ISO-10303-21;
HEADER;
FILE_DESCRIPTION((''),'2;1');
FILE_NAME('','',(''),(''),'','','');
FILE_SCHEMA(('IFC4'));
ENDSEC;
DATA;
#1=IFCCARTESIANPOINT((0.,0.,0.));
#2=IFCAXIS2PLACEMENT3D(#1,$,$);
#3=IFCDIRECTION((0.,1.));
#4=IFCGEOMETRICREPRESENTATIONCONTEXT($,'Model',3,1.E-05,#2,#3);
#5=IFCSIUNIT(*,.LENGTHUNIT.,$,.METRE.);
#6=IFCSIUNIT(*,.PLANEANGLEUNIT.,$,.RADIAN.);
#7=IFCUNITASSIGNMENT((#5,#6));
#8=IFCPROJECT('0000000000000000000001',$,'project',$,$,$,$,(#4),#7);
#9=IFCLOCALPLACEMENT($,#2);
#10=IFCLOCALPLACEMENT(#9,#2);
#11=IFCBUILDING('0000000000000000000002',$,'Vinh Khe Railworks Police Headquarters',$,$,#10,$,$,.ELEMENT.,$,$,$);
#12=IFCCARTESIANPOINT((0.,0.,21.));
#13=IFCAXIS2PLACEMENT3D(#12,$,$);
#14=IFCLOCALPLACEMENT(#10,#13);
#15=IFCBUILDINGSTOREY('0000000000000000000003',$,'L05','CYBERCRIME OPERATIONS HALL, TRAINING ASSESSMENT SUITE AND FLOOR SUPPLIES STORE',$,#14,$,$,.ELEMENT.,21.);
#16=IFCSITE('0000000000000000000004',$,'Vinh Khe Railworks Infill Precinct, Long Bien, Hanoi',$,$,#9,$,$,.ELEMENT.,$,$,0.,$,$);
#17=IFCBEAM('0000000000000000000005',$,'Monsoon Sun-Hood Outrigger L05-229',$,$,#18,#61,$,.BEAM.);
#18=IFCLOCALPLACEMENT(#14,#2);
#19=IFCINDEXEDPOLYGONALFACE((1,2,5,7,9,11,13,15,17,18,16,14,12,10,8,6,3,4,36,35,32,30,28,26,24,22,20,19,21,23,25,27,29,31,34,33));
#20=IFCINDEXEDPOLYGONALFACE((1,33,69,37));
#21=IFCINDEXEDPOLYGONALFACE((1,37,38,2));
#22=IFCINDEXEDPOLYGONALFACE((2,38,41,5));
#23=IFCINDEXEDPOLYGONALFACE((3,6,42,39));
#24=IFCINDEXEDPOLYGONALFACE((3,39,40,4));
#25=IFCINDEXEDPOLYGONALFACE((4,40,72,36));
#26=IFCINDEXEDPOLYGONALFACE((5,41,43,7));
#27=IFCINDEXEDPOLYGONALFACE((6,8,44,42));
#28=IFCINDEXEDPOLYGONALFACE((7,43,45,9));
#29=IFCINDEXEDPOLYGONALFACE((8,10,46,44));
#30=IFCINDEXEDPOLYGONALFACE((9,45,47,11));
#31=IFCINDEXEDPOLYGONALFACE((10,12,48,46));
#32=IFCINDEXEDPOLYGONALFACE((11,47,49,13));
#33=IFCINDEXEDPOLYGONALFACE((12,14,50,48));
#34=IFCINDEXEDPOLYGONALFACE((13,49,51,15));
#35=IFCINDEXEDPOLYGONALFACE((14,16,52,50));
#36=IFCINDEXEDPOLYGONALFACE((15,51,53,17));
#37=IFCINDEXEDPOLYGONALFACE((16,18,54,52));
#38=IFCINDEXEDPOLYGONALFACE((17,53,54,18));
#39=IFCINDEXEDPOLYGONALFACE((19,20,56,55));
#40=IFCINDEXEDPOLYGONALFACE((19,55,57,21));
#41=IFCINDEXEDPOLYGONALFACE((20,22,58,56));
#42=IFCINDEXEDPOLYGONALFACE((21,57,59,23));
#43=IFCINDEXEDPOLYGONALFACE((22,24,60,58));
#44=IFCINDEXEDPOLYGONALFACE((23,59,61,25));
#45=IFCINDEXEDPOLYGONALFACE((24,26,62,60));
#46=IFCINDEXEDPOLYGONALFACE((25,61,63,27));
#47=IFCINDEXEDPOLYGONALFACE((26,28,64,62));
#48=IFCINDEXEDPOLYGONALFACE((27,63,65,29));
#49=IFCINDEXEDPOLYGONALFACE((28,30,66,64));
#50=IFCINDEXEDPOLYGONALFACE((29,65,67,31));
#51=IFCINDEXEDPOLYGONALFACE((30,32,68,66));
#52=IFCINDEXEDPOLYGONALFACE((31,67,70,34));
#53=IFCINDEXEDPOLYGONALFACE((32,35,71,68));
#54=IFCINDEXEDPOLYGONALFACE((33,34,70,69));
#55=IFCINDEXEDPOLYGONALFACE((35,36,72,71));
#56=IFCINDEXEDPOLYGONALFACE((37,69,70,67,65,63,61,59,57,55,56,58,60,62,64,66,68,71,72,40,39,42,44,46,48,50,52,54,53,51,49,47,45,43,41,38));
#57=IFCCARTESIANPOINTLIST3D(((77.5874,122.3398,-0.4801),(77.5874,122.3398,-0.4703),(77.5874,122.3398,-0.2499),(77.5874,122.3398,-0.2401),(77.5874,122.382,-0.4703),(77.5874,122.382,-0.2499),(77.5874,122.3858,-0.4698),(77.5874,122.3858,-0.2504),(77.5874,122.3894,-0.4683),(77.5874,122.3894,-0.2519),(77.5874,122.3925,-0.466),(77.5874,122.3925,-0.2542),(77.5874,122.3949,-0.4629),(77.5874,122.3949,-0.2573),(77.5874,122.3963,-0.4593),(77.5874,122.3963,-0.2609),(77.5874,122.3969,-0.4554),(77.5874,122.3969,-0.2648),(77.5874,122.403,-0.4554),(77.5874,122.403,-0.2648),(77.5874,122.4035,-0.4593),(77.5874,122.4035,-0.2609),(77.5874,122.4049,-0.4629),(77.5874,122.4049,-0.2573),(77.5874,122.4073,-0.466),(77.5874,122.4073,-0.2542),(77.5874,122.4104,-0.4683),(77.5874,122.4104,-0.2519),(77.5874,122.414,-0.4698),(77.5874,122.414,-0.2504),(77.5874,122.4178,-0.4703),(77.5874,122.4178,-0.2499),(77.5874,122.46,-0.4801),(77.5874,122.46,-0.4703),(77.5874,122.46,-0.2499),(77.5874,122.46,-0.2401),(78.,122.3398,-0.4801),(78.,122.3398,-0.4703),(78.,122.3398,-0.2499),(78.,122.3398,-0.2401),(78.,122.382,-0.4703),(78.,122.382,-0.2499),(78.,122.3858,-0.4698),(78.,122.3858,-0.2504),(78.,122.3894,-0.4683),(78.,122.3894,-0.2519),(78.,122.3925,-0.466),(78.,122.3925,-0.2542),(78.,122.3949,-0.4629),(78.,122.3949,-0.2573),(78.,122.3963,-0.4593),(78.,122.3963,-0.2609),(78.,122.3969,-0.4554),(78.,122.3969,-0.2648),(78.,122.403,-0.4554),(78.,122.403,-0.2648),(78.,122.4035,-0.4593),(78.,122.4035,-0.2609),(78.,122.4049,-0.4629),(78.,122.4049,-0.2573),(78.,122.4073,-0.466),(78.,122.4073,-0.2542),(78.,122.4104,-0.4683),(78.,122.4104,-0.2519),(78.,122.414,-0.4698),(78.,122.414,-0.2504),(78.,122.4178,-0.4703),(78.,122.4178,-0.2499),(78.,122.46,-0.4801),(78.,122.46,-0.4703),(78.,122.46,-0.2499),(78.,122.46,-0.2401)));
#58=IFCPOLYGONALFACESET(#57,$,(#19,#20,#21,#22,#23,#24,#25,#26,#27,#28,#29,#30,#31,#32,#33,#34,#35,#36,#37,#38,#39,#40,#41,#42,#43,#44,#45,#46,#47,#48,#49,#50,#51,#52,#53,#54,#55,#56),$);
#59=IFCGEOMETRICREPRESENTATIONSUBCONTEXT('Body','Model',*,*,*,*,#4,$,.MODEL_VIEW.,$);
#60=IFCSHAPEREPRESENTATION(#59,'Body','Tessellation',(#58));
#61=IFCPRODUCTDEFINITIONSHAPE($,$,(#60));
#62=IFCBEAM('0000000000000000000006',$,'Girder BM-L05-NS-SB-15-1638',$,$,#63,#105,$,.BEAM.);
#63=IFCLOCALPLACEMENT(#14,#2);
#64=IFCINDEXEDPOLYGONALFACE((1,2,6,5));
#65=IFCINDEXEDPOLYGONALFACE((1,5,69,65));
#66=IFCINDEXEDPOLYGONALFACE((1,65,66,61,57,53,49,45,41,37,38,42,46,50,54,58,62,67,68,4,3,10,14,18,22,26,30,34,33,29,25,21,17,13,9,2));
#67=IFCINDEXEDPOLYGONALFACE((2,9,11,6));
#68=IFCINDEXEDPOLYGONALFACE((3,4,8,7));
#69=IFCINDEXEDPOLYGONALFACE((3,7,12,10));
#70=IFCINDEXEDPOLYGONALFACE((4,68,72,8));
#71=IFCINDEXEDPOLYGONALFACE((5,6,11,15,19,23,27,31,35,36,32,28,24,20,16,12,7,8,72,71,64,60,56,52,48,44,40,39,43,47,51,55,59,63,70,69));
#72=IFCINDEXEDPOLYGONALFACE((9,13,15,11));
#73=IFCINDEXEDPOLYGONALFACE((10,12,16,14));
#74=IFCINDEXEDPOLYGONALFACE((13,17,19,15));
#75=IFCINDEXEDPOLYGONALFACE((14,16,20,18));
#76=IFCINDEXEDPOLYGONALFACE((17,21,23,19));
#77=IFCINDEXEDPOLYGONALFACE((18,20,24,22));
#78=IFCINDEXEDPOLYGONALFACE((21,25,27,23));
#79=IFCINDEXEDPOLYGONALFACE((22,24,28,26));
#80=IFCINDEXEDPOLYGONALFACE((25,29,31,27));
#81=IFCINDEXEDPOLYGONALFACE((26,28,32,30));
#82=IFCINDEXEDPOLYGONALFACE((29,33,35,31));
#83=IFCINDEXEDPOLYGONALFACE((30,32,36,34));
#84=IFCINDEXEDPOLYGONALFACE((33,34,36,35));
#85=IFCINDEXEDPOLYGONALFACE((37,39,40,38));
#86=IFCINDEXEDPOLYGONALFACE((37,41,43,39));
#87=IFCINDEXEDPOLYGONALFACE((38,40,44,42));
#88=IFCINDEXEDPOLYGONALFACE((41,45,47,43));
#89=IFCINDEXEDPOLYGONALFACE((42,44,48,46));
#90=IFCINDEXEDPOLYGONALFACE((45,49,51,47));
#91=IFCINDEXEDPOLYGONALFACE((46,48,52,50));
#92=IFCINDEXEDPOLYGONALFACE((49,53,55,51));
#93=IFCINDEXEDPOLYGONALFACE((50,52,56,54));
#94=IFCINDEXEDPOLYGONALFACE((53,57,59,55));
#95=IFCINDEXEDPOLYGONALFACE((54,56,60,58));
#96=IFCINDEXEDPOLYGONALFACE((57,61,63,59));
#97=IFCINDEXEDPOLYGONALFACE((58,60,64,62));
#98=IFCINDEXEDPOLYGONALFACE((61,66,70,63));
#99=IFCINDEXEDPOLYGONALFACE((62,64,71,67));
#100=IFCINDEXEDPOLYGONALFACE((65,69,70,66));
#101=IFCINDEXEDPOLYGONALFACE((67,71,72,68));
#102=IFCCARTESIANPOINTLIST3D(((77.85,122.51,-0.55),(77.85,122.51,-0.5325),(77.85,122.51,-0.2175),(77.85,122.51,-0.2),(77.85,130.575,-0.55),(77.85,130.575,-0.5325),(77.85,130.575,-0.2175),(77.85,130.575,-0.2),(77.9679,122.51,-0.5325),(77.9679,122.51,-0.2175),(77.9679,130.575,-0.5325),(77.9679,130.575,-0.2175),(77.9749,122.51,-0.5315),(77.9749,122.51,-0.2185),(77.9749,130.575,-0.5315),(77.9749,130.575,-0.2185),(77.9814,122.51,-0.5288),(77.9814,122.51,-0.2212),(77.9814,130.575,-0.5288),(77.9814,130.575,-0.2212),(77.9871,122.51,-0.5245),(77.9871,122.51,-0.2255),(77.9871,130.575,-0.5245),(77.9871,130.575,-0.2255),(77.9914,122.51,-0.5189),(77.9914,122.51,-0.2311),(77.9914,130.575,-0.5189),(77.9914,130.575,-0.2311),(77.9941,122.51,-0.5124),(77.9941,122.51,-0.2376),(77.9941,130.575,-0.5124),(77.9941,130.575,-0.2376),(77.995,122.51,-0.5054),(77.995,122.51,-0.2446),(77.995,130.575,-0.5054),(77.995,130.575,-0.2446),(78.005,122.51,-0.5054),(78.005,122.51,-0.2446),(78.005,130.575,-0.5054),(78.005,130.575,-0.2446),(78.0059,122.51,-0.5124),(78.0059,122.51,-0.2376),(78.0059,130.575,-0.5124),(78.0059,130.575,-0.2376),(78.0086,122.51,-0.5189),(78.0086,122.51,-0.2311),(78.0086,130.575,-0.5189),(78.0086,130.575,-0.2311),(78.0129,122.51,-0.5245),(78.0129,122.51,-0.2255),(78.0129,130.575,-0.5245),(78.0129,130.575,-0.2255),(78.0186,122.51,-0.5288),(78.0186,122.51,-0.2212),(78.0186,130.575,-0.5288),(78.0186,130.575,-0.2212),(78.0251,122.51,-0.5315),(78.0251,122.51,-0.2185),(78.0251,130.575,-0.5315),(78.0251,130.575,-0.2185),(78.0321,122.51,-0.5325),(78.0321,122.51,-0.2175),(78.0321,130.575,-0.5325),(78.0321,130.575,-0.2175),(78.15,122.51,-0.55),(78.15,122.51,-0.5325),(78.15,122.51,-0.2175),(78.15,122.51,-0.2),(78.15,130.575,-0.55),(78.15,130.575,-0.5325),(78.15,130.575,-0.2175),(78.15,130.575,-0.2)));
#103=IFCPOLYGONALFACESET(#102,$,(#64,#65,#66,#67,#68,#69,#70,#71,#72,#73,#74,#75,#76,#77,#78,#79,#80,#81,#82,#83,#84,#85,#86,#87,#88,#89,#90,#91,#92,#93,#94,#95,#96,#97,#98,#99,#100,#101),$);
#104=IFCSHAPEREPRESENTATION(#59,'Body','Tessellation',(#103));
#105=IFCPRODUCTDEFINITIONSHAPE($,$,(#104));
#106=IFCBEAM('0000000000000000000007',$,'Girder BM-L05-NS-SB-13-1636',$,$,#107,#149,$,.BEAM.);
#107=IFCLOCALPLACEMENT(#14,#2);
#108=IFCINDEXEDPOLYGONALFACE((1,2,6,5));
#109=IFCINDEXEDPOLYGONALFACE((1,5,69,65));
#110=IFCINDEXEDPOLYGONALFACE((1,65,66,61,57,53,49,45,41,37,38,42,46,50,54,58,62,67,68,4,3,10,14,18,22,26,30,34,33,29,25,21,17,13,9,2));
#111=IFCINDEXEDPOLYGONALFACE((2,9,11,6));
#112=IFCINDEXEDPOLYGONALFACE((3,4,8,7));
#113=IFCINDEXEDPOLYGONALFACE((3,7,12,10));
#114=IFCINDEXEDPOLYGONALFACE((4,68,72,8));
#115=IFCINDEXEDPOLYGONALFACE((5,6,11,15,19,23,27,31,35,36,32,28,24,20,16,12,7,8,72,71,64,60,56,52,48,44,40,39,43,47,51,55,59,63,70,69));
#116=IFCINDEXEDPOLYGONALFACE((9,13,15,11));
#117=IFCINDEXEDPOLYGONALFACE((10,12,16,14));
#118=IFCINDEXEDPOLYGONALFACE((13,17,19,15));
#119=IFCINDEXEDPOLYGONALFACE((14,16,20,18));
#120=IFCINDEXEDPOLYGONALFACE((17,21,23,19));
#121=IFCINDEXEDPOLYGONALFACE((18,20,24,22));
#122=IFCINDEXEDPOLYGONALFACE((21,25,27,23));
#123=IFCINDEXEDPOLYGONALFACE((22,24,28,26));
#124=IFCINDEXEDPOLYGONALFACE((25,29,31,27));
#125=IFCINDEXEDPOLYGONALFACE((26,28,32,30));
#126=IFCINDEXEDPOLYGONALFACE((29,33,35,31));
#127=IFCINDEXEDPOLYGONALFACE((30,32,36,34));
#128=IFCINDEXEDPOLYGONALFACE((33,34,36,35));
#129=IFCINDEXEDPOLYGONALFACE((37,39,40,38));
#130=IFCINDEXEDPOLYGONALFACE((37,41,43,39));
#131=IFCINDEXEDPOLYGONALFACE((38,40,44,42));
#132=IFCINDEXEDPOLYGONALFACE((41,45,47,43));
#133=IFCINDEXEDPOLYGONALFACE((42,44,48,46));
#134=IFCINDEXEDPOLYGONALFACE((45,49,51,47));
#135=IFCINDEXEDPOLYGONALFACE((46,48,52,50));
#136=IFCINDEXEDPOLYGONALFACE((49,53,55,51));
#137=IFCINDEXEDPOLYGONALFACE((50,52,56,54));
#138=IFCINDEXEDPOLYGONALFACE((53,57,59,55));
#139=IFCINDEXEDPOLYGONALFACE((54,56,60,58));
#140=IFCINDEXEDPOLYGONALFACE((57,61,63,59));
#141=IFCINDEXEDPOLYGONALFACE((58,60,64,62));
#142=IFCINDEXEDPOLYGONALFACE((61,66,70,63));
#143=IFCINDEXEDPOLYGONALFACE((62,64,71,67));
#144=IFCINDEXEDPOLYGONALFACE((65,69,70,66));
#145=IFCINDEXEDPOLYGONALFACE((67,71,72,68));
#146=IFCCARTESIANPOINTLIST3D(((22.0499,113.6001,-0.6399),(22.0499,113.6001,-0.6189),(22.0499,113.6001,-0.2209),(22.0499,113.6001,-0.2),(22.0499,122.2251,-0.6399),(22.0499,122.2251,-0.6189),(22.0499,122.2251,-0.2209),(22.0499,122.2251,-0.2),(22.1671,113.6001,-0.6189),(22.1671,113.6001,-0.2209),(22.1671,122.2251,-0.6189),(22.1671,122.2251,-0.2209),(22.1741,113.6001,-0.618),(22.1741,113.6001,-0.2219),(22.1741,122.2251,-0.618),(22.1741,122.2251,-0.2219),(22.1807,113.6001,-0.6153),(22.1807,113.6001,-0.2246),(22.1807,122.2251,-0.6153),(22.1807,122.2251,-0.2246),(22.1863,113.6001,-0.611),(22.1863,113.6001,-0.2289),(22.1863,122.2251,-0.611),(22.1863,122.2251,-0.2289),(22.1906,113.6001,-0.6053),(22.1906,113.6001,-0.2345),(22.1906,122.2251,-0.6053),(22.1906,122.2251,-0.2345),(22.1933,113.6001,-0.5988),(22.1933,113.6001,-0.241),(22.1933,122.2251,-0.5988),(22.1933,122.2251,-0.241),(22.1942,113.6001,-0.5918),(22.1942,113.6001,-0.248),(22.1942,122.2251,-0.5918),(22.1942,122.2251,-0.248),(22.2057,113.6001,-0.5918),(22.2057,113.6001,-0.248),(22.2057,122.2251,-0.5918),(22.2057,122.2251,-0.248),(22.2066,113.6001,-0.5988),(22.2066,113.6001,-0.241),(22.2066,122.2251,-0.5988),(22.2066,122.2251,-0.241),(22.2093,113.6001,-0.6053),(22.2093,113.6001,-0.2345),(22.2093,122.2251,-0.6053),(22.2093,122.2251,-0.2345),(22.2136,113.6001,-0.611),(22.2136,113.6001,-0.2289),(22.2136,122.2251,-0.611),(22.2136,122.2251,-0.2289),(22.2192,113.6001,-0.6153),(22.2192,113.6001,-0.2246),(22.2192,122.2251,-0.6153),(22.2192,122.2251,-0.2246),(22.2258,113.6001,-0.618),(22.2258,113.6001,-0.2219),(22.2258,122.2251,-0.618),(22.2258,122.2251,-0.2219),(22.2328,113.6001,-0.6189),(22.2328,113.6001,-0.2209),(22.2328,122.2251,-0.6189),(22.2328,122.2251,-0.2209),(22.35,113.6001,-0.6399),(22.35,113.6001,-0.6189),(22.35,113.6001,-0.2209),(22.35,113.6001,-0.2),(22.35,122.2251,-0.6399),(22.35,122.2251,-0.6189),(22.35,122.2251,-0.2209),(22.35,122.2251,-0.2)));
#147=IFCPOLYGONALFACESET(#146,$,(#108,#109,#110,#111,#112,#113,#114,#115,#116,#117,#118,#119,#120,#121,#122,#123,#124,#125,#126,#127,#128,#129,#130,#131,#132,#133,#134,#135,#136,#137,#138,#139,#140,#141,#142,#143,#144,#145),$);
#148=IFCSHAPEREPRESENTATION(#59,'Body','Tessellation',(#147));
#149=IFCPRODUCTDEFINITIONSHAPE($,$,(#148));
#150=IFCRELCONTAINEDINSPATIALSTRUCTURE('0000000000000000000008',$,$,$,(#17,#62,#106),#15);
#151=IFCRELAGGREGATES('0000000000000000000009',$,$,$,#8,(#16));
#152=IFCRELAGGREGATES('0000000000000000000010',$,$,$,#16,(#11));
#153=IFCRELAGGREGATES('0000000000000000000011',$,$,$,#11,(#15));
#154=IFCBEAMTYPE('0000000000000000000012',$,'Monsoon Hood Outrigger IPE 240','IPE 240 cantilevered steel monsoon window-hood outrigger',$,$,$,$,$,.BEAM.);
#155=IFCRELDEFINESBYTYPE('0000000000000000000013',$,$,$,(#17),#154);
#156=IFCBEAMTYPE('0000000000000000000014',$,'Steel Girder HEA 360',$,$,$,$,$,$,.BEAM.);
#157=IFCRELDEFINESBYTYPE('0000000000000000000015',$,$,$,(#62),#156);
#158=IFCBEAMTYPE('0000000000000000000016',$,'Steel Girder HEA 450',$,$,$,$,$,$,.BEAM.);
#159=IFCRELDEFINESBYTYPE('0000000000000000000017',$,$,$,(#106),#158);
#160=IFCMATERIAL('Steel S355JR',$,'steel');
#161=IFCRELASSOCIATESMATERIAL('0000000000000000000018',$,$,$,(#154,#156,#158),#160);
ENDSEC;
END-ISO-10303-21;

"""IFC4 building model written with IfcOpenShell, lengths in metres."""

from ifc_helpers import new_model, si_unit, direction, frame, origin, origin_2d, place, context, subcontext, project, spatial, i_section, extrude, material, material_profile, profile_set, type_object, element, save


model = new_model("IFC4")

# Units and contexts
model_context = context("Model", 3, precision=1e-05, world=origin(), true_north=direction((0.0, 1.0)))
body_context = subcontext(model_context, "Body", "Model", "MODEL_VIEW")
ifc_project = project(units=[si_unit("LENGTHUNIT", "METRE"), si_unit("PLANEANGLEUNIT", "RADIAN")], contexts=[model_context])

# Site, building, storey
site_placement = place(None, origin())
site = spatial("IfcSite", under=ifc_project, at=site_placement, Name="Vinh Khe Railworks Infill Precinct, Long Bien, Hanoi", CompositionType="ELEMENT", RefElevation=0.0)
building_placement = place(site_placement, origin())
building = spatial("IfcBuilding", under=site, at=building_placement, Name="Vinh Khe Railworks Police Headquarters", CompositionType="ELEMENT")
storey_placement = place(building_placement, frame((0.0, 0.0, 21.0)))
storey = spatial("IfcBuildingStorey", under=building, at=storey_placement, Name="L05", Description="CYBERCRIME OPERATIONS HALL, TRAINING ASSESSMENT SUITE AND FLOOR SUPPLIES STORE", CompositionType="ELEMENT", Elevation=21.0)

# Shared definitions
ifc_material_1 = material(Name="Steel S355JR", Category="steel")

# Beams
ifc_material_profile_1 = material_profile(ifc_material_1, i_section(OverallWidth=0.1201, OverallDepth=0.24, WebThickness=0.0061, FlangeThickness=0.0098, FilletRadius=0.0149, at=origin_2d()), Name="IPE 240")
ifc_profile_set_1 = profile_set([ifc_material_profile_1], Name="Steel S355JR")
beam_type_1 = type_object("IfcBeamType", Name="Monsoon Hood Outrigger IPE 240", Description="IPE 240 cantilevered steel monsoon window-hood outrigger", PredefinedType="BEAM", material=ifc_profile_set_1)
beam_1_placement = place(storey_placement, frame((77.5874, 122.3999, -0.3601), z_axis=(1.0, 0.0, 0.0), x_axis=(0.0, 1.0, 0.0)))
element("IfcBeam", 1, at=beam_1_placement, inside=storey, type_object=beam_type_1, Name="Monsoon Sun-Hood Outrigger L05-229", PredefinedType="BEAM", context=body_context, shape_type="SweptSolid", body=[
    extrude(i_section(OverallWidth=0.1201, OverallDepth=0.24, WebThickness=0.0061, FlangeThickness=0.0098, FilletRadius=0.0149, at=origin_2d()), origin(), (0.0, 0.0, 1.0), 0.4126),
])
ifc_material_profile_2 = material_profile(ifc_material_1, i_section(OverallWidth=0.3, OverallDepth=0.3501, WebThickness=0.01, FlangeThickness=0.0176, FilletRadius=0.0271, at=origin_2d()), Name="HEA 360")
ifc_profile_set_2 = profile_set([ifc_material_profile_2], Name="Steel S355JR")
beam_type_2 = type_object("IfcBeamType", Name="Steel Girder HEA 360", PredefinedType="BEAM", material=ifc_profile_set_2)
beam_2_placement = place(storey_placement, frame((78.0, 122.51, -0.375), z_axis=(0.0, 1.0, 0.0), x_axis=(-1.0, 0.0, 0.0)))
element("IfcBeam", 2, at=beam_2_placement, inside=storey, type_object=beam_type_2, Name="Girder BM-L05-NS-SB-15-1638", PredefinedType="BEAM", context=body_context, shape_type="SweptSolid", body=[
    extrude(i_section(OverallWidth=0.3, OverallDepth=0.3501, WebThickness=0.01, FlangeThickness=0.0176, FilletRadius=0.0271, at=origin_2d()), origin(), (0.0, 0.0, 1.0), 8.0649),
])
ifc_material_profile_3 = material_profile(ifc_material_1, i_section(OverallWidth=0.3, OverallDepth=0.4399, WebThickness=0.0115, FlangeThickness=0.021, FilletRadius=0.0271, at=origin_2d()), Name="HEA 450")
ifc_profile_set_3 = profile_set([ifc_material_profile_3], Name="Steel S355JR")
beam_type_3 = type_object("IfcBeamType", Name="Steel Girder HEA 450", PredefinedType="BEAM", material=ifc_profile_set_3)
beam_3_placement = place(storey_placement, frame((22.2, 113.6001, -0.4199), z_axis=(0.0, 1.0, 0.0), x_axis=(-1.0, 0.0, 0.0)))
element("IfcBeam", 3, at=beam_3_placement, inside=storey, type_object=beam_type_3, Name="Girder BM-L05-NS-SB-13-1636", PredefinedType="BEAM", context=body_context, shape_type="SweptSolid", body=[
    extrude(i_section(OverallWidth=0.3, OverallDepth=0.4399, WebThickness=0.0115, FlangeThickness=0.021, FilletRadius=0.0271, at=origin_2d()), origin(), (0.0, 0.0, 1.0), 8.625),
])

save(model, "model.ifc")
